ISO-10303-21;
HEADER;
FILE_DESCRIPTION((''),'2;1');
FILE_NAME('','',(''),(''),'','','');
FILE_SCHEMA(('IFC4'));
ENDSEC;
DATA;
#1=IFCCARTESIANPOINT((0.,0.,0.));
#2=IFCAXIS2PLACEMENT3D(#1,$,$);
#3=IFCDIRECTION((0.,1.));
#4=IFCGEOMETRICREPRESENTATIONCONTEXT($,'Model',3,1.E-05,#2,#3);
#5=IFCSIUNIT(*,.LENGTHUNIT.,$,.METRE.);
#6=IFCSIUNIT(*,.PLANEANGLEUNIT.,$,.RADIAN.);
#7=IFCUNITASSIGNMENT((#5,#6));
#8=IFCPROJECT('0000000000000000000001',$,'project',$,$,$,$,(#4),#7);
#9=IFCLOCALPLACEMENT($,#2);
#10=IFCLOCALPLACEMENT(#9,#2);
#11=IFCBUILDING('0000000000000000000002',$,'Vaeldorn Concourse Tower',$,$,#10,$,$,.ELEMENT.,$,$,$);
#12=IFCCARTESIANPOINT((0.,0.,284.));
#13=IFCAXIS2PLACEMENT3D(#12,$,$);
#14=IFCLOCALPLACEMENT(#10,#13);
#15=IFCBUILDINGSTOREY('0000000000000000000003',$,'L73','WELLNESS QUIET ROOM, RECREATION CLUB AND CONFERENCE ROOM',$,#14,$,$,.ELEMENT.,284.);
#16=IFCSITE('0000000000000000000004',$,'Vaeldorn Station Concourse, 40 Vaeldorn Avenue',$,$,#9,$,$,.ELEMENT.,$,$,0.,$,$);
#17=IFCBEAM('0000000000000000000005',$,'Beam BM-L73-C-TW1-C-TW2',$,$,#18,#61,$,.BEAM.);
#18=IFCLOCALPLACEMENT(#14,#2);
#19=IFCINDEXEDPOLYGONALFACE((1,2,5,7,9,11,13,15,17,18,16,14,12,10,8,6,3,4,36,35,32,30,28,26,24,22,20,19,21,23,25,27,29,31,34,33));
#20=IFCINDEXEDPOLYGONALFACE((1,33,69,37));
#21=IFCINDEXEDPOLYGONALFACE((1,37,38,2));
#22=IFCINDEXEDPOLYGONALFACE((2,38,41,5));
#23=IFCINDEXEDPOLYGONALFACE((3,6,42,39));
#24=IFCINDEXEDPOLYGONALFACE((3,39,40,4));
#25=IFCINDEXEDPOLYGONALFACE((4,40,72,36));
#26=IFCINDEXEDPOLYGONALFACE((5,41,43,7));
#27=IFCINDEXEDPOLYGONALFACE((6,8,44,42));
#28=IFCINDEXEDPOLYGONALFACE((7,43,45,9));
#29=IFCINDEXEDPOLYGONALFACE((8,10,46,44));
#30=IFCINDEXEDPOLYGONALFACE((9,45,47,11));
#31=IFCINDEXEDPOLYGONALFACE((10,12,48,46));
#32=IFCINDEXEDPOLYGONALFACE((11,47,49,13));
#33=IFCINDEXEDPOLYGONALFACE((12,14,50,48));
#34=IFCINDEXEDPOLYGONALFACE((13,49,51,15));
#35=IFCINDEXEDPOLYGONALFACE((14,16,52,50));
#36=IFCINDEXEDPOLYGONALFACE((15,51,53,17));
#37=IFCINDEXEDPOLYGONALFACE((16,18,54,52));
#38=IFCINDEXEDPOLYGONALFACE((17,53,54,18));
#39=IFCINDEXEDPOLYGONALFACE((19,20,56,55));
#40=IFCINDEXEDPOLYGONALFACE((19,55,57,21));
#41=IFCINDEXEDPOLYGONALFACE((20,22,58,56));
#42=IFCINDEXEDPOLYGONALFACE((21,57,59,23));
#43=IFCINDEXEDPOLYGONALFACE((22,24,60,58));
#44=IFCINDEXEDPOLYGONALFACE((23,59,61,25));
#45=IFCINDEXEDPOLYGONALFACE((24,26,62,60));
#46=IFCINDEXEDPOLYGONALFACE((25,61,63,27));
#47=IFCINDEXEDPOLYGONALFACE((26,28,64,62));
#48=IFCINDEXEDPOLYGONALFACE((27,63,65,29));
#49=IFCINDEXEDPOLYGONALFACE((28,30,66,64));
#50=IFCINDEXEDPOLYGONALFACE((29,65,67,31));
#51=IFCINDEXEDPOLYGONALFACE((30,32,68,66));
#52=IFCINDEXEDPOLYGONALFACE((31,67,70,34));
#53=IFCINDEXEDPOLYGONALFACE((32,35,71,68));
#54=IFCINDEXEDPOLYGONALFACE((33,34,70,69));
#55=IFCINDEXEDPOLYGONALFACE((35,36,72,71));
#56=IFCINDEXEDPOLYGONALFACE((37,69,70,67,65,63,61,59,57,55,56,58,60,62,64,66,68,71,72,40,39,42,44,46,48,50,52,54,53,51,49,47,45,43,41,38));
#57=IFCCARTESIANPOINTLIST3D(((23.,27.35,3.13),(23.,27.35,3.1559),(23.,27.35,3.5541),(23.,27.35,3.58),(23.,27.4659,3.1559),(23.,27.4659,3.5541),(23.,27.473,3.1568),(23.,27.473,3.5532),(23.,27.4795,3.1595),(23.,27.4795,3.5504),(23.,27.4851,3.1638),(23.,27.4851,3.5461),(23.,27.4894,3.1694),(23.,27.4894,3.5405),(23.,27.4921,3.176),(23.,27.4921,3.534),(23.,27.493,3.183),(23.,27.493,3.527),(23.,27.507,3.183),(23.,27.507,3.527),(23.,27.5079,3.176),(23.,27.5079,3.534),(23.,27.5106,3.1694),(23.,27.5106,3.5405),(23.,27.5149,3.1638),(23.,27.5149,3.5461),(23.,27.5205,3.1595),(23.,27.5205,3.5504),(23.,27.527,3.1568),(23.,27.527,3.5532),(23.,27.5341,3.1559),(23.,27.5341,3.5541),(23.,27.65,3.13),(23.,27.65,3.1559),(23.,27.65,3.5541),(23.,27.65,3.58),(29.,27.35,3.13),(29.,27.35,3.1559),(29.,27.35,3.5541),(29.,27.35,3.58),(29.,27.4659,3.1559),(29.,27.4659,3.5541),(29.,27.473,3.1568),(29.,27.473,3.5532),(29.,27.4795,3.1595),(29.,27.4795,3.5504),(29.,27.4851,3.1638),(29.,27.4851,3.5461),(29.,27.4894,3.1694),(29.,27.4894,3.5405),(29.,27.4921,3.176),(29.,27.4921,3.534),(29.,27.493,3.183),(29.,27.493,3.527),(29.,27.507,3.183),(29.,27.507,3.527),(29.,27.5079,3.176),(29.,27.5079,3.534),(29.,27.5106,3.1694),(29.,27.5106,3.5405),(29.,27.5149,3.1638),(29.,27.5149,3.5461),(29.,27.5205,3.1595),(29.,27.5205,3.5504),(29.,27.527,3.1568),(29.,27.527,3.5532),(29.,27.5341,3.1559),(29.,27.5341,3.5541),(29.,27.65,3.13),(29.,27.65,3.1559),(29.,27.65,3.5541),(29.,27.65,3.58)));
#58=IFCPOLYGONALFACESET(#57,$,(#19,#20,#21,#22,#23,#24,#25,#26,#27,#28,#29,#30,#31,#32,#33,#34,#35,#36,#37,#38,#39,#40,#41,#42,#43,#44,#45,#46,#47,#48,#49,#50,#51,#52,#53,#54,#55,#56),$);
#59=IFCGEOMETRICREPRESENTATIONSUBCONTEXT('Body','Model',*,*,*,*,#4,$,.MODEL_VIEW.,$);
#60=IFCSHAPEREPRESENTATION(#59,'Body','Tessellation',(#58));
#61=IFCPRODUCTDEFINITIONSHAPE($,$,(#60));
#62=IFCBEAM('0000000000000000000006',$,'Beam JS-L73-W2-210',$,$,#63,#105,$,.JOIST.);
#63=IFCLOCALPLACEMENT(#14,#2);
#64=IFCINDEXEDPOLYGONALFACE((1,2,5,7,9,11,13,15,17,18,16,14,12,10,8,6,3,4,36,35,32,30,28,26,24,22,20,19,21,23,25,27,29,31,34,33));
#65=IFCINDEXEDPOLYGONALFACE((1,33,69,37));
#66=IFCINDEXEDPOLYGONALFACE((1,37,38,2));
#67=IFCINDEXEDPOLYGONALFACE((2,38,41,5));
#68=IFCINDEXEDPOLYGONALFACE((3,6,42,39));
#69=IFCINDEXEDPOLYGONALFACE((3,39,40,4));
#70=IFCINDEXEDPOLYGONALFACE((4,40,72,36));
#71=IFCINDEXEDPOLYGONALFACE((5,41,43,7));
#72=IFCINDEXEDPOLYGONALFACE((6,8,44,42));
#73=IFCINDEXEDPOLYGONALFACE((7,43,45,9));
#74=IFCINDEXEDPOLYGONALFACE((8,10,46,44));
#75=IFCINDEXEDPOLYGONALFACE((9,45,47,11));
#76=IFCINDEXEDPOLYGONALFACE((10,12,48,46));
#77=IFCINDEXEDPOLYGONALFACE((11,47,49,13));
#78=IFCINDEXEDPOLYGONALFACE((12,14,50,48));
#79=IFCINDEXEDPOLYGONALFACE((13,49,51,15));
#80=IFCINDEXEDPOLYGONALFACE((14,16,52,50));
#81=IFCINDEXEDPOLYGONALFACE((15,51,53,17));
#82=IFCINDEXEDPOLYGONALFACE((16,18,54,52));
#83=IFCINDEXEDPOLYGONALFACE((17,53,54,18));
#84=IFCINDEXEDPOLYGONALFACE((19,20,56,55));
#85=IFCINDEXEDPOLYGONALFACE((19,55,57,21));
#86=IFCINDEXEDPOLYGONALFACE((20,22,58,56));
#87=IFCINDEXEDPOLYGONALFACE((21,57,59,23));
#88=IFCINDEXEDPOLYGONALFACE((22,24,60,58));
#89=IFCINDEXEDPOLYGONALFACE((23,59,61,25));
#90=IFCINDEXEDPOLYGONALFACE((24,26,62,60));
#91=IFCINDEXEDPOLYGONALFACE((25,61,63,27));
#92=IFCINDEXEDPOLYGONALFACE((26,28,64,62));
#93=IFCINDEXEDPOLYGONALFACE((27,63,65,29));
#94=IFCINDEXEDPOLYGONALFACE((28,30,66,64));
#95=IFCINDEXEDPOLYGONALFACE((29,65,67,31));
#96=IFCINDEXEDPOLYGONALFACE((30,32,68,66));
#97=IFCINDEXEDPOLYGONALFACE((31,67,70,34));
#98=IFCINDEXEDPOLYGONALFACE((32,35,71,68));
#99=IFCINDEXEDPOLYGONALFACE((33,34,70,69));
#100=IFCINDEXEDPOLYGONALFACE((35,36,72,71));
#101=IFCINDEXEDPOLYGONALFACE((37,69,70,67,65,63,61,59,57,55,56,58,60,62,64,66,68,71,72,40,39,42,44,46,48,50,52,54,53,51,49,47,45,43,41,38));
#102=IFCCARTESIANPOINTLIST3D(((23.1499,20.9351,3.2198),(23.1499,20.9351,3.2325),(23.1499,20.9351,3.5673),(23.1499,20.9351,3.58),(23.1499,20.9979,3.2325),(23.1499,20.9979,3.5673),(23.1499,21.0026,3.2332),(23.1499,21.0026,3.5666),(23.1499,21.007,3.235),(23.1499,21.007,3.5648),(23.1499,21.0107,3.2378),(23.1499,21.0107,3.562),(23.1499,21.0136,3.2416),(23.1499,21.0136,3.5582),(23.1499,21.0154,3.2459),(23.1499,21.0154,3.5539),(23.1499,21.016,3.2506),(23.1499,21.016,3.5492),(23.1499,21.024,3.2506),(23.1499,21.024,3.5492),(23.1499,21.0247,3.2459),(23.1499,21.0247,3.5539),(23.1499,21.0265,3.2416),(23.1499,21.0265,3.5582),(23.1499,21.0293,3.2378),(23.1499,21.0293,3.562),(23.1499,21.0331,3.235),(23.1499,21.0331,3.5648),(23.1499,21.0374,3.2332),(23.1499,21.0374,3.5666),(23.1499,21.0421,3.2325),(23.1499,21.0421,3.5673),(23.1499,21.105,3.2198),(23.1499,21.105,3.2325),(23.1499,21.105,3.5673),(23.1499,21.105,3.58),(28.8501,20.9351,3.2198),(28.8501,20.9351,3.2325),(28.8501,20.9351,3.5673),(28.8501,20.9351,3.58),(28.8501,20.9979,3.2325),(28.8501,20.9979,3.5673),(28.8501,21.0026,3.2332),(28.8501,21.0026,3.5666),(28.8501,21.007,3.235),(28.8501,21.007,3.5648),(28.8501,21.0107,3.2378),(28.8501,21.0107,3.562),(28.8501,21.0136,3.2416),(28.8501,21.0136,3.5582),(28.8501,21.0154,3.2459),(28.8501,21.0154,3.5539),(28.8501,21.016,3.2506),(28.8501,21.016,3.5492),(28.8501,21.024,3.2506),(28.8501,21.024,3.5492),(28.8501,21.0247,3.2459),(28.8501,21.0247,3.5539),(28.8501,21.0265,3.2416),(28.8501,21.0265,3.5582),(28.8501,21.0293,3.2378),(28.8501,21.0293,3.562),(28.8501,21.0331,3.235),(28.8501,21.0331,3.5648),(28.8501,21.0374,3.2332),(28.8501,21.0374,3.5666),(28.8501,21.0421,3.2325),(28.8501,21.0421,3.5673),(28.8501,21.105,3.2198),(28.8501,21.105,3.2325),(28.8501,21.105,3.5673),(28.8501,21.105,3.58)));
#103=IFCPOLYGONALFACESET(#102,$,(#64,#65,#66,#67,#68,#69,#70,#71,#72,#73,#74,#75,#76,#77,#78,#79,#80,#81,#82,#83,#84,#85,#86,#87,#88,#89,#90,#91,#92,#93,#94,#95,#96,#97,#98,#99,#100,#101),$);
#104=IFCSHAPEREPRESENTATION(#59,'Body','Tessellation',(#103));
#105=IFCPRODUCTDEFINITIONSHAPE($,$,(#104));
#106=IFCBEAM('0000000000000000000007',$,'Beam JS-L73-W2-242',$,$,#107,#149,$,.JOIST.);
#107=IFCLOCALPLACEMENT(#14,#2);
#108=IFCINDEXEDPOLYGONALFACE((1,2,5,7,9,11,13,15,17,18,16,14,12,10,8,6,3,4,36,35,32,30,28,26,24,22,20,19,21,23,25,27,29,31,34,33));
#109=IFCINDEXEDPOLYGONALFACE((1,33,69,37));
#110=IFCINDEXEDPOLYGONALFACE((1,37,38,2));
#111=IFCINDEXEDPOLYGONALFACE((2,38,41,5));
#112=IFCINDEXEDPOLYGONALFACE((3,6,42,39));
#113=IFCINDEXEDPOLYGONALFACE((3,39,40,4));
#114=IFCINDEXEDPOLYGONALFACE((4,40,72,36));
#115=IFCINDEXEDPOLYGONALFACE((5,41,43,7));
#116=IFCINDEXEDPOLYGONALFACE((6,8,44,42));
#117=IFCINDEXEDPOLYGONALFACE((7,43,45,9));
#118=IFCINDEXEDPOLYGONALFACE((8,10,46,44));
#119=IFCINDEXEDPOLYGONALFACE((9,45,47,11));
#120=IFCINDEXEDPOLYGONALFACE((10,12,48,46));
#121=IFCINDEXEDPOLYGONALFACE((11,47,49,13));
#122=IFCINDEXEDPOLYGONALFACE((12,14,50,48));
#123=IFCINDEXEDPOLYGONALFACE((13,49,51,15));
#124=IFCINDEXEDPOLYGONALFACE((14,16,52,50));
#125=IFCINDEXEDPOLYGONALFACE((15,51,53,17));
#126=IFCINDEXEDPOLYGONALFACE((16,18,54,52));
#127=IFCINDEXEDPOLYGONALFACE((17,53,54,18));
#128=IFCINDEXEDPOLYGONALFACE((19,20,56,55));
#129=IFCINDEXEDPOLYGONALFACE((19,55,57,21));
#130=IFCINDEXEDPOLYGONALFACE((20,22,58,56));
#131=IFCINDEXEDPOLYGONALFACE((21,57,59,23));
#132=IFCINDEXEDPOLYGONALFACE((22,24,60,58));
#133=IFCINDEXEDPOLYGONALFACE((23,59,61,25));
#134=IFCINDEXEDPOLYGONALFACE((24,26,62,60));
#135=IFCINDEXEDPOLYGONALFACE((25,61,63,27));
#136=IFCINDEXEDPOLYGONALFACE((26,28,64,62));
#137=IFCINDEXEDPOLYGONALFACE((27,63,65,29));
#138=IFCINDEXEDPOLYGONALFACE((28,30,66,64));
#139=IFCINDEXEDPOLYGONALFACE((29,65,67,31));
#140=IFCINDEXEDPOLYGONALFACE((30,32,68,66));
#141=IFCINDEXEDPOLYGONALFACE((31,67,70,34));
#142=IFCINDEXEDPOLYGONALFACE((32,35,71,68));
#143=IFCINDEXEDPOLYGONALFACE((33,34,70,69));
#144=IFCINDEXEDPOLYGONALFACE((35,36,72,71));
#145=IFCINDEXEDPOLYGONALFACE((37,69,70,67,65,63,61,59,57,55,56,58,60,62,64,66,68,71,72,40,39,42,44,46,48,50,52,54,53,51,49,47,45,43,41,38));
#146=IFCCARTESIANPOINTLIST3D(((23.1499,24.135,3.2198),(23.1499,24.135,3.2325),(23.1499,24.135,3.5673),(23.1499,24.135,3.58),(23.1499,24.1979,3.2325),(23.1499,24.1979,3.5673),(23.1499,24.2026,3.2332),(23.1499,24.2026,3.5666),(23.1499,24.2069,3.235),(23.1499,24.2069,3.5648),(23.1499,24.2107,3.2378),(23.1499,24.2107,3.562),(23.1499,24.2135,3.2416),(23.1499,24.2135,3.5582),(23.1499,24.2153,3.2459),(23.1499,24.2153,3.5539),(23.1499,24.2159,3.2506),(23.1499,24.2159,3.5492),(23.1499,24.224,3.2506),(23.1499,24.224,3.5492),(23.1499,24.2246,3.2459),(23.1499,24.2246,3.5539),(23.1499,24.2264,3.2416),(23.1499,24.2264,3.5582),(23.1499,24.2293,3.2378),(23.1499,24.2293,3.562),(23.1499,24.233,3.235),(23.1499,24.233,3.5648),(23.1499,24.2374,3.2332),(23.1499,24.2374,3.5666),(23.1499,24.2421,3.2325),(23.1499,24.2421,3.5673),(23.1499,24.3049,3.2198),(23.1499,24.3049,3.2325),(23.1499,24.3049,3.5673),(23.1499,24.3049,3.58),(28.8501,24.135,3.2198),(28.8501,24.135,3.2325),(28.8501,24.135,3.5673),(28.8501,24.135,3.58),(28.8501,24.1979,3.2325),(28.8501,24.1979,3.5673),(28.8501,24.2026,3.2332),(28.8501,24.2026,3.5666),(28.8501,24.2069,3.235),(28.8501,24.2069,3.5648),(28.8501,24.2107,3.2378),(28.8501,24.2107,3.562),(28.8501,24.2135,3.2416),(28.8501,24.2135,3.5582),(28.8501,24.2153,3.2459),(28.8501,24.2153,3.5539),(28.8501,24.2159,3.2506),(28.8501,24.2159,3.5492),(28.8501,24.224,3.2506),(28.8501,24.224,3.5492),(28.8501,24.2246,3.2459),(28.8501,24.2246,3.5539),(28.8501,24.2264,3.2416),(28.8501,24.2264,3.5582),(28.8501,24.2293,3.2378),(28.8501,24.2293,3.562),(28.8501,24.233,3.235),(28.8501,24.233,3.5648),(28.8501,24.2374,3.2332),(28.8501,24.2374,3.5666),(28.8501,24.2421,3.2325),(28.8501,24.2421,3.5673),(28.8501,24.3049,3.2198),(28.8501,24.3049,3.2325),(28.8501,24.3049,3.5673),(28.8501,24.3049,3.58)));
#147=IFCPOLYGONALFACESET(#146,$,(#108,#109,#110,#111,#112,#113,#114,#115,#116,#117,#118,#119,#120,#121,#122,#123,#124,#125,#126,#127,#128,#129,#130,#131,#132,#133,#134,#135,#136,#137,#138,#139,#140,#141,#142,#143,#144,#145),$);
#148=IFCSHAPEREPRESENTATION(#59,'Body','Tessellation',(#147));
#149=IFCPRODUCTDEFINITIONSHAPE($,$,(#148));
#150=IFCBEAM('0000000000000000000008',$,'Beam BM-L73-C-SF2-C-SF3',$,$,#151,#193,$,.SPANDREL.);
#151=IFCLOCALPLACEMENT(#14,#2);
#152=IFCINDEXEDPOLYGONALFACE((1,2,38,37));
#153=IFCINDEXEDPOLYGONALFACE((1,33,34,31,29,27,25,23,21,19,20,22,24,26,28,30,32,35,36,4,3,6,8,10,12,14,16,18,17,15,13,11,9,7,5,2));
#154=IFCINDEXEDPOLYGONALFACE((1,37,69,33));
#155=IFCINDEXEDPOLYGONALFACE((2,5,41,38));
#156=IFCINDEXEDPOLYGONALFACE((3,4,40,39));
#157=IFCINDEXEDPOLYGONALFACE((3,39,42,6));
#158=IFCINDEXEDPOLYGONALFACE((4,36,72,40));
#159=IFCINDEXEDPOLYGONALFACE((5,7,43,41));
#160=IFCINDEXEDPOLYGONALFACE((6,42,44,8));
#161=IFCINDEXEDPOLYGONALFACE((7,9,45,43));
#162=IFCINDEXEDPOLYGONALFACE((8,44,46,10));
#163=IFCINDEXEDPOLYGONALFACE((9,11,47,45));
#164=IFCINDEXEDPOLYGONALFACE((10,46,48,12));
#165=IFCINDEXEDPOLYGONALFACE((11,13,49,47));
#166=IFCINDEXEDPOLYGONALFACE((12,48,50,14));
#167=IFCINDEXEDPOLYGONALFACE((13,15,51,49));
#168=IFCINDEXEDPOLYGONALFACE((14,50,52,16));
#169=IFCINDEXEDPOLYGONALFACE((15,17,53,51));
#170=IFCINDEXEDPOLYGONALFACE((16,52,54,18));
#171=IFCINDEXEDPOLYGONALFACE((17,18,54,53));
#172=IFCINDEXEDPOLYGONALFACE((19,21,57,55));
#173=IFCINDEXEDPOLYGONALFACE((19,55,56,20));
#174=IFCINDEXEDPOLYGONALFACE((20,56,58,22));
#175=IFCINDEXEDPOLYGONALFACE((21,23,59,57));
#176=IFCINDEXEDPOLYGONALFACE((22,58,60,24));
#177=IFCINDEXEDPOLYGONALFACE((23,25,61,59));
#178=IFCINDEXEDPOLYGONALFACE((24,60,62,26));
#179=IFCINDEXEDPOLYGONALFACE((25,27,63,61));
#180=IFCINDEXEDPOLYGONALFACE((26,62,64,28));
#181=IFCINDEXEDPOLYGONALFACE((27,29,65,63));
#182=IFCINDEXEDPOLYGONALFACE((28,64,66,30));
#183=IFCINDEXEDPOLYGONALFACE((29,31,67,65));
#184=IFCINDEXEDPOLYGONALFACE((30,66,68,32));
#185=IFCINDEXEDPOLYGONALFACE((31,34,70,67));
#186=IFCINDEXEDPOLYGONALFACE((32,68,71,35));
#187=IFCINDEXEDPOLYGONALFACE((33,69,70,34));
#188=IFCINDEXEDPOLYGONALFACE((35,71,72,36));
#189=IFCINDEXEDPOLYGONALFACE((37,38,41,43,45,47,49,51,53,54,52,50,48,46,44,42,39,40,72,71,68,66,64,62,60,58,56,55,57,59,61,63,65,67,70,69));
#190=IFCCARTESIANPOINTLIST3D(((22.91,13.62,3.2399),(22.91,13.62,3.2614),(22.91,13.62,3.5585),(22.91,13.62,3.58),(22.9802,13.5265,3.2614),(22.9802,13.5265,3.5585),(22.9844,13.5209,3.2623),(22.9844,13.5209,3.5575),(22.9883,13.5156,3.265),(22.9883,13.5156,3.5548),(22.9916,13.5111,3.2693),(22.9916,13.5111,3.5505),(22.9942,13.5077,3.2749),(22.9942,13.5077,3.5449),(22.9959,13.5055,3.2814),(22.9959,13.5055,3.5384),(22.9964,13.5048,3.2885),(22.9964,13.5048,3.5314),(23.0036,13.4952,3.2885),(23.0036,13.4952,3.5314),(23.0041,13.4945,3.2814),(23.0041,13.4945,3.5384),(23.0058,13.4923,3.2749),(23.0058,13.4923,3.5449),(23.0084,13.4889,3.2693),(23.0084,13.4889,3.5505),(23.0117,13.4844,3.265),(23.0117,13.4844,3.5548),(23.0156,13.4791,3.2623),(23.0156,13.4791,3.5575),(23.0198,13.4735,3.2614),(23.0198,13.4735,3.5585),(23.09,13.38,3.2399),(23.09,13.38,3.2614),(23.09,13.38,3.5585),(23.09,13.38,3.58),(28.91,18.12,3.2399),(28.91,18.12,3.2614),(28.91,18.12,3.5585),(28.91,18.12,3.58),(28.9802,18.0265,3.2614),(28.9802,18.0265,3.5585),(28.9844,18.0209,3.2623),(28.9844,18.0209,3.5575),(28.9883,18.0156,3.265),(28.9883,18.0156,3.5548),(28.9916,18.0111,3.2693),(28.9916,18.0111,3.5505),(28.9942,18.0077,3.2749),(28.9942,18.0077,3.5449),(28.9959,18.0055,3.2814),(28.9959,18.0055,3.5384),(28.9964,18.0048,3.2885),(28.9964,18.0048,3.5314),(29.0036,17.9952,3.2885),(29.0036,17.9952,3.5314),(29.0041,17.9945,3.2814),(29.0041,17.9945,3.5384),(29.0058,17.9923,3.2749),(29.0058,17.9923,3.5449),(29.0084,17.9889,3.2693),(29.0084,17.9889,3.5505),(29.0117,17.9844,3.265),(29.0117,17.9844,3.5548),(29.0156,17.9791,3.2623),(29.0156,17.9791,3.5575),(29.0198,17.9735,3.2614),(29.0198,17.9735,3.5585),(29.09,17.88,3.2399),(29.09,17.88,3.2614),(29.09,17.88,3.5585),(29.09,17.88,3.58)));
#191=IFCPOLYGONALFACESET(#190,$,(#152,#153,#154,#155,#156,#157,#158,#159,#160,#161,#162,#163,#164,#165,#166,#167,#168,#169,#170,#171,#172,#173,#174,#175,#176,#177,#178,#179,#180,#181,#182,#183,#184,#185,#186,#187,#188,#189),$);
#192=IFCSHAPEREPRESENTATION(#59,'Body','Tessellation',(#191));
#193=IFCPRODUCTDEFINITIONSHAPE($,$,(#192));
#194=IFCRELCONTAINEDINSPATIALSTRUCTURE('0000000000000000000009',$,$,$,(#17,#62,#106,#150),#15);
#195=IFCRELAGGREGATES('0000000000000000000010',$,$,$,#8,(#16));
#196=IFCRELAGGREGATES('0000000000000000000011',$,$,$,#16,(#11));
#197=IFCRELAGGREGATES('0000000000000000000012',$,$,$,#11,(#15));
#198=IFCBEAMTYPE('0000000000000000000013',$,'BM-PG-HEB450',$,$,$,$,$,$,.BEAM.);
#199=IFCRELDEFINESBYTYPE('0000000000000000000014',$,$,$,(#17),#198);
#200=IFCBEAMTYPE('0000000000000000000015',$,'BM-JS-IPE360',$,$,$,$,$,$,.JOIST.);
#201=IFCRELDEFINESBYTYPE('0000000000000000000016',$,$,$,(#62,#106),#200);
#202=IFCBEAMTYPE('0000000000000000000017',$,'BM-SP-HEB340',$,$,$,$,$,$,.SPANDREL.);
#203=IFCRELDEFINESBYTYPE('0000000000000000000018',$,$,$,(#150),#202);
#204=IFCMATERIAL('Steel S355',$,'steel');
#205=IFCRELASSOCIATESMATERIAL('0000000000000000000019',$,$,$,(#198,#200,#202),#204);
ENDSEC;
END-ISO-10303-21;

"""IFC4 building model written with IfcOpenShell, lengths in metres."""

from ifc_helpers import new_model, si_unit, direction, frame, origin, origin_2d, place, context, subcontext, project, spatial, i_section, extrude, source, transform, mapped, material, material_profile, profile_set, type_object, element, save


model = new_model("IFC4")

# Units and contexts
model_context = context("Model", 3, precision=1e-05, world=origin(), true_north=direction((0.0, 1.0)))
body_context = subcontext(model_context, "Body", "Model", "MODEL_VIEW")
ifc_project = project(units=[si_unit("LENGTHUNIT", "METRE"), si_unit("PLANEANGLEUNIT", "RADIAN")], contexts=[model_context])

# Site, building, storey
site_placement = place(None, origin())
site = spatial("IfcSite", under=ifc_project, at=site_placement, Name="Vaeldorn Station Concourse, 40 Vaeldorn Avenue", CompositionType="ELEMENT", RefElevation=0.0)
building_placement = place(site_placement, origin())
building = spatial("IfcBuilding", under=site, at=building_placement, Name="Vaeldorn Concourse Tower", CompositionType="ELEMENT")
storey_placement = place(building_placement, frame((0.0, 0.0, 284.0)))
storey = spatial("IfcBuildingStorey", under=building, at=storey_placement, Name="L73", Description="WELLNESS QUIET ROOM, RECREATION CLUB AND CONFERENCE ROOM", CompositionType="ELEMENT", Elevation=284.0)

# Shared definitions
ifc_material_1 = material(Name="Steel S355", Category="steel")

# Beams
ifc_material_profile_1 = material_profile(ifc_material_1, i_section(OverallWidth=0.3, OverallDepth=0.45, WebThickness=0.0139, FlangeThickness=0.0259, FilletRadius=0.0271, at=origin_2d()), Name="HEB 450")
ifc_profile_set_1 = profile_set([ifc_material_profile_1], Name="Steel S355")
beam_type_1 = type_object("IfcBeamType", Name="BM-PG-HEB450", PredefinedType="BEAM", material=ifc_profile_set_1)
shared_shape_1 = source(origin(), body_context, "Body", "SweptSolid", [
    extrude(i_section(OverallWidth=0.3, OverallDepth=0.45, WebThickness=0.0139, FlangeThickness=0.0259, FilletRadius=0.0271, at=origin_2d()), origin(), (0.0, 0.0, 1.0), 6.0),
])
beam_1_placement = place(storey_placement, frame((23.0, 27.5, 3.355), z_axis=(1.0, 0.0, 0.0), x_axis=(0.0, 1.0, 0.0)))
element("IfcBeam", 1, at=beam_1_placement, inside=storey, type_object=beam_type_1, Name="Beam BM-L73-C-TW1-C-TW2", PredefinedType="BEAM", context=body_context, shape_type="MappedRepresentation", body=[
    mapped(shared_shape_1, transform((0.0, 0.0, 0.0), scale=1.0)),
])
ifc_material_profile_2 = material_profile(ifc_material_1, i_section(OverallWidth=0.1699, OverallDepth=0.3601, WebThickness=0.0081, FlangeThickness=0.0127, FilletRadius=0.0181, at=origin_2d()), Name="IPE 360")
ifc_profile_set_2 = profile_set([ifc_material_profile_2], Name="Steel S355")
beam_type_2 = type_object("IfcBeamType", Name="BM-JS-IPE360", PredefinedType="JOIST", material=ifc_profile_set_2)
shared_shape_2 = source(origin(), body_context, "Body", "SweptSolid", [
    extrude(i_section(OverallWidth=0.1699, OverallDepth=0.3601, WebThickness=0.0081, FlangeThickness=0.0127, FilletRadius=0.0181, at=origin_2d()), origin(), (0.0, 0.0, 1.0), 5.7002),
])
for number, where, z_axis, x_axis, name in (
    (2, (23.1499, 21.02, 3.3999), (1.0, 0.0, 0.0), (0.0, 1.0, 0.0), "Beam JS-L73-W2-210"),
    (3, (23.1499, 24.22, 3.3999), (1.0, 0.0, 0.0), (0.0, 1.0, 0.0), "Beam JS-L73-W2-242"),
):
    element("IfcBeam", number, at=place(storey_placement, frame(where, z_axis=z_axis, x_axis=x_axis)), inside=storey, type_object=beam_type_2, Name=name, PredefinedType="JOIST", context=body_context, shape_type="MappedRepresentation", body=[
        mapped(shared_shape_2, transform((0.0, 0.0, 0.0), scale=1.0)),
    ])
ifc_material_profile_3 = material_profile(ifc_material_1, i_section(OverallWidth=0.3, OverallDepth=0.3401, WebThickness=0.012, FlangeThickness=0.0215, FilletRadius=0.0271, at=origin_2d()), Name="HEB 340")
ifc_profile_set_3 = profile_set([ifc_material_profile_3], Name="Steel S355")
beam_type_3 = type_object("IfcBeamType", Name="BM-SP-HEB340", PredefinedType="SPANDREL", material=ifc_profile_set_3)
shared_shape_3 = source(origin(), body_context, "Body", "SweptSolid", [
    extrude(i_section(OverallWidth=0.3, OverallDepth=0.3401, WebThickness=0.012, FlangeThickness=0.0215, FilletRadius=0.0271, at=origin_2d()), origin(), (0.0, 0.0, 1.0), 7.5),
])
beam_2_placement = place(storey_placement, frame((23.0, 13.5, 3.4099), z_axis=(0.8, 0.6, 0.0), x_axis=(-0.6, 0.8, 0.0)))
element("IfcBeam", 4, at=beam_2_placement, inside=storey, type_object=beam_type_3, Name="Beam BM-L73-C-SF2-C-SF3", PredefinedType="SPANDREL", context=body_context, shape_type="MappedRepresentation", body=[
    mapped(shared_shape_3, transform((0.0, 0.0, 0.0), scale=1.0)),
])

save(model, "model.ifc")
